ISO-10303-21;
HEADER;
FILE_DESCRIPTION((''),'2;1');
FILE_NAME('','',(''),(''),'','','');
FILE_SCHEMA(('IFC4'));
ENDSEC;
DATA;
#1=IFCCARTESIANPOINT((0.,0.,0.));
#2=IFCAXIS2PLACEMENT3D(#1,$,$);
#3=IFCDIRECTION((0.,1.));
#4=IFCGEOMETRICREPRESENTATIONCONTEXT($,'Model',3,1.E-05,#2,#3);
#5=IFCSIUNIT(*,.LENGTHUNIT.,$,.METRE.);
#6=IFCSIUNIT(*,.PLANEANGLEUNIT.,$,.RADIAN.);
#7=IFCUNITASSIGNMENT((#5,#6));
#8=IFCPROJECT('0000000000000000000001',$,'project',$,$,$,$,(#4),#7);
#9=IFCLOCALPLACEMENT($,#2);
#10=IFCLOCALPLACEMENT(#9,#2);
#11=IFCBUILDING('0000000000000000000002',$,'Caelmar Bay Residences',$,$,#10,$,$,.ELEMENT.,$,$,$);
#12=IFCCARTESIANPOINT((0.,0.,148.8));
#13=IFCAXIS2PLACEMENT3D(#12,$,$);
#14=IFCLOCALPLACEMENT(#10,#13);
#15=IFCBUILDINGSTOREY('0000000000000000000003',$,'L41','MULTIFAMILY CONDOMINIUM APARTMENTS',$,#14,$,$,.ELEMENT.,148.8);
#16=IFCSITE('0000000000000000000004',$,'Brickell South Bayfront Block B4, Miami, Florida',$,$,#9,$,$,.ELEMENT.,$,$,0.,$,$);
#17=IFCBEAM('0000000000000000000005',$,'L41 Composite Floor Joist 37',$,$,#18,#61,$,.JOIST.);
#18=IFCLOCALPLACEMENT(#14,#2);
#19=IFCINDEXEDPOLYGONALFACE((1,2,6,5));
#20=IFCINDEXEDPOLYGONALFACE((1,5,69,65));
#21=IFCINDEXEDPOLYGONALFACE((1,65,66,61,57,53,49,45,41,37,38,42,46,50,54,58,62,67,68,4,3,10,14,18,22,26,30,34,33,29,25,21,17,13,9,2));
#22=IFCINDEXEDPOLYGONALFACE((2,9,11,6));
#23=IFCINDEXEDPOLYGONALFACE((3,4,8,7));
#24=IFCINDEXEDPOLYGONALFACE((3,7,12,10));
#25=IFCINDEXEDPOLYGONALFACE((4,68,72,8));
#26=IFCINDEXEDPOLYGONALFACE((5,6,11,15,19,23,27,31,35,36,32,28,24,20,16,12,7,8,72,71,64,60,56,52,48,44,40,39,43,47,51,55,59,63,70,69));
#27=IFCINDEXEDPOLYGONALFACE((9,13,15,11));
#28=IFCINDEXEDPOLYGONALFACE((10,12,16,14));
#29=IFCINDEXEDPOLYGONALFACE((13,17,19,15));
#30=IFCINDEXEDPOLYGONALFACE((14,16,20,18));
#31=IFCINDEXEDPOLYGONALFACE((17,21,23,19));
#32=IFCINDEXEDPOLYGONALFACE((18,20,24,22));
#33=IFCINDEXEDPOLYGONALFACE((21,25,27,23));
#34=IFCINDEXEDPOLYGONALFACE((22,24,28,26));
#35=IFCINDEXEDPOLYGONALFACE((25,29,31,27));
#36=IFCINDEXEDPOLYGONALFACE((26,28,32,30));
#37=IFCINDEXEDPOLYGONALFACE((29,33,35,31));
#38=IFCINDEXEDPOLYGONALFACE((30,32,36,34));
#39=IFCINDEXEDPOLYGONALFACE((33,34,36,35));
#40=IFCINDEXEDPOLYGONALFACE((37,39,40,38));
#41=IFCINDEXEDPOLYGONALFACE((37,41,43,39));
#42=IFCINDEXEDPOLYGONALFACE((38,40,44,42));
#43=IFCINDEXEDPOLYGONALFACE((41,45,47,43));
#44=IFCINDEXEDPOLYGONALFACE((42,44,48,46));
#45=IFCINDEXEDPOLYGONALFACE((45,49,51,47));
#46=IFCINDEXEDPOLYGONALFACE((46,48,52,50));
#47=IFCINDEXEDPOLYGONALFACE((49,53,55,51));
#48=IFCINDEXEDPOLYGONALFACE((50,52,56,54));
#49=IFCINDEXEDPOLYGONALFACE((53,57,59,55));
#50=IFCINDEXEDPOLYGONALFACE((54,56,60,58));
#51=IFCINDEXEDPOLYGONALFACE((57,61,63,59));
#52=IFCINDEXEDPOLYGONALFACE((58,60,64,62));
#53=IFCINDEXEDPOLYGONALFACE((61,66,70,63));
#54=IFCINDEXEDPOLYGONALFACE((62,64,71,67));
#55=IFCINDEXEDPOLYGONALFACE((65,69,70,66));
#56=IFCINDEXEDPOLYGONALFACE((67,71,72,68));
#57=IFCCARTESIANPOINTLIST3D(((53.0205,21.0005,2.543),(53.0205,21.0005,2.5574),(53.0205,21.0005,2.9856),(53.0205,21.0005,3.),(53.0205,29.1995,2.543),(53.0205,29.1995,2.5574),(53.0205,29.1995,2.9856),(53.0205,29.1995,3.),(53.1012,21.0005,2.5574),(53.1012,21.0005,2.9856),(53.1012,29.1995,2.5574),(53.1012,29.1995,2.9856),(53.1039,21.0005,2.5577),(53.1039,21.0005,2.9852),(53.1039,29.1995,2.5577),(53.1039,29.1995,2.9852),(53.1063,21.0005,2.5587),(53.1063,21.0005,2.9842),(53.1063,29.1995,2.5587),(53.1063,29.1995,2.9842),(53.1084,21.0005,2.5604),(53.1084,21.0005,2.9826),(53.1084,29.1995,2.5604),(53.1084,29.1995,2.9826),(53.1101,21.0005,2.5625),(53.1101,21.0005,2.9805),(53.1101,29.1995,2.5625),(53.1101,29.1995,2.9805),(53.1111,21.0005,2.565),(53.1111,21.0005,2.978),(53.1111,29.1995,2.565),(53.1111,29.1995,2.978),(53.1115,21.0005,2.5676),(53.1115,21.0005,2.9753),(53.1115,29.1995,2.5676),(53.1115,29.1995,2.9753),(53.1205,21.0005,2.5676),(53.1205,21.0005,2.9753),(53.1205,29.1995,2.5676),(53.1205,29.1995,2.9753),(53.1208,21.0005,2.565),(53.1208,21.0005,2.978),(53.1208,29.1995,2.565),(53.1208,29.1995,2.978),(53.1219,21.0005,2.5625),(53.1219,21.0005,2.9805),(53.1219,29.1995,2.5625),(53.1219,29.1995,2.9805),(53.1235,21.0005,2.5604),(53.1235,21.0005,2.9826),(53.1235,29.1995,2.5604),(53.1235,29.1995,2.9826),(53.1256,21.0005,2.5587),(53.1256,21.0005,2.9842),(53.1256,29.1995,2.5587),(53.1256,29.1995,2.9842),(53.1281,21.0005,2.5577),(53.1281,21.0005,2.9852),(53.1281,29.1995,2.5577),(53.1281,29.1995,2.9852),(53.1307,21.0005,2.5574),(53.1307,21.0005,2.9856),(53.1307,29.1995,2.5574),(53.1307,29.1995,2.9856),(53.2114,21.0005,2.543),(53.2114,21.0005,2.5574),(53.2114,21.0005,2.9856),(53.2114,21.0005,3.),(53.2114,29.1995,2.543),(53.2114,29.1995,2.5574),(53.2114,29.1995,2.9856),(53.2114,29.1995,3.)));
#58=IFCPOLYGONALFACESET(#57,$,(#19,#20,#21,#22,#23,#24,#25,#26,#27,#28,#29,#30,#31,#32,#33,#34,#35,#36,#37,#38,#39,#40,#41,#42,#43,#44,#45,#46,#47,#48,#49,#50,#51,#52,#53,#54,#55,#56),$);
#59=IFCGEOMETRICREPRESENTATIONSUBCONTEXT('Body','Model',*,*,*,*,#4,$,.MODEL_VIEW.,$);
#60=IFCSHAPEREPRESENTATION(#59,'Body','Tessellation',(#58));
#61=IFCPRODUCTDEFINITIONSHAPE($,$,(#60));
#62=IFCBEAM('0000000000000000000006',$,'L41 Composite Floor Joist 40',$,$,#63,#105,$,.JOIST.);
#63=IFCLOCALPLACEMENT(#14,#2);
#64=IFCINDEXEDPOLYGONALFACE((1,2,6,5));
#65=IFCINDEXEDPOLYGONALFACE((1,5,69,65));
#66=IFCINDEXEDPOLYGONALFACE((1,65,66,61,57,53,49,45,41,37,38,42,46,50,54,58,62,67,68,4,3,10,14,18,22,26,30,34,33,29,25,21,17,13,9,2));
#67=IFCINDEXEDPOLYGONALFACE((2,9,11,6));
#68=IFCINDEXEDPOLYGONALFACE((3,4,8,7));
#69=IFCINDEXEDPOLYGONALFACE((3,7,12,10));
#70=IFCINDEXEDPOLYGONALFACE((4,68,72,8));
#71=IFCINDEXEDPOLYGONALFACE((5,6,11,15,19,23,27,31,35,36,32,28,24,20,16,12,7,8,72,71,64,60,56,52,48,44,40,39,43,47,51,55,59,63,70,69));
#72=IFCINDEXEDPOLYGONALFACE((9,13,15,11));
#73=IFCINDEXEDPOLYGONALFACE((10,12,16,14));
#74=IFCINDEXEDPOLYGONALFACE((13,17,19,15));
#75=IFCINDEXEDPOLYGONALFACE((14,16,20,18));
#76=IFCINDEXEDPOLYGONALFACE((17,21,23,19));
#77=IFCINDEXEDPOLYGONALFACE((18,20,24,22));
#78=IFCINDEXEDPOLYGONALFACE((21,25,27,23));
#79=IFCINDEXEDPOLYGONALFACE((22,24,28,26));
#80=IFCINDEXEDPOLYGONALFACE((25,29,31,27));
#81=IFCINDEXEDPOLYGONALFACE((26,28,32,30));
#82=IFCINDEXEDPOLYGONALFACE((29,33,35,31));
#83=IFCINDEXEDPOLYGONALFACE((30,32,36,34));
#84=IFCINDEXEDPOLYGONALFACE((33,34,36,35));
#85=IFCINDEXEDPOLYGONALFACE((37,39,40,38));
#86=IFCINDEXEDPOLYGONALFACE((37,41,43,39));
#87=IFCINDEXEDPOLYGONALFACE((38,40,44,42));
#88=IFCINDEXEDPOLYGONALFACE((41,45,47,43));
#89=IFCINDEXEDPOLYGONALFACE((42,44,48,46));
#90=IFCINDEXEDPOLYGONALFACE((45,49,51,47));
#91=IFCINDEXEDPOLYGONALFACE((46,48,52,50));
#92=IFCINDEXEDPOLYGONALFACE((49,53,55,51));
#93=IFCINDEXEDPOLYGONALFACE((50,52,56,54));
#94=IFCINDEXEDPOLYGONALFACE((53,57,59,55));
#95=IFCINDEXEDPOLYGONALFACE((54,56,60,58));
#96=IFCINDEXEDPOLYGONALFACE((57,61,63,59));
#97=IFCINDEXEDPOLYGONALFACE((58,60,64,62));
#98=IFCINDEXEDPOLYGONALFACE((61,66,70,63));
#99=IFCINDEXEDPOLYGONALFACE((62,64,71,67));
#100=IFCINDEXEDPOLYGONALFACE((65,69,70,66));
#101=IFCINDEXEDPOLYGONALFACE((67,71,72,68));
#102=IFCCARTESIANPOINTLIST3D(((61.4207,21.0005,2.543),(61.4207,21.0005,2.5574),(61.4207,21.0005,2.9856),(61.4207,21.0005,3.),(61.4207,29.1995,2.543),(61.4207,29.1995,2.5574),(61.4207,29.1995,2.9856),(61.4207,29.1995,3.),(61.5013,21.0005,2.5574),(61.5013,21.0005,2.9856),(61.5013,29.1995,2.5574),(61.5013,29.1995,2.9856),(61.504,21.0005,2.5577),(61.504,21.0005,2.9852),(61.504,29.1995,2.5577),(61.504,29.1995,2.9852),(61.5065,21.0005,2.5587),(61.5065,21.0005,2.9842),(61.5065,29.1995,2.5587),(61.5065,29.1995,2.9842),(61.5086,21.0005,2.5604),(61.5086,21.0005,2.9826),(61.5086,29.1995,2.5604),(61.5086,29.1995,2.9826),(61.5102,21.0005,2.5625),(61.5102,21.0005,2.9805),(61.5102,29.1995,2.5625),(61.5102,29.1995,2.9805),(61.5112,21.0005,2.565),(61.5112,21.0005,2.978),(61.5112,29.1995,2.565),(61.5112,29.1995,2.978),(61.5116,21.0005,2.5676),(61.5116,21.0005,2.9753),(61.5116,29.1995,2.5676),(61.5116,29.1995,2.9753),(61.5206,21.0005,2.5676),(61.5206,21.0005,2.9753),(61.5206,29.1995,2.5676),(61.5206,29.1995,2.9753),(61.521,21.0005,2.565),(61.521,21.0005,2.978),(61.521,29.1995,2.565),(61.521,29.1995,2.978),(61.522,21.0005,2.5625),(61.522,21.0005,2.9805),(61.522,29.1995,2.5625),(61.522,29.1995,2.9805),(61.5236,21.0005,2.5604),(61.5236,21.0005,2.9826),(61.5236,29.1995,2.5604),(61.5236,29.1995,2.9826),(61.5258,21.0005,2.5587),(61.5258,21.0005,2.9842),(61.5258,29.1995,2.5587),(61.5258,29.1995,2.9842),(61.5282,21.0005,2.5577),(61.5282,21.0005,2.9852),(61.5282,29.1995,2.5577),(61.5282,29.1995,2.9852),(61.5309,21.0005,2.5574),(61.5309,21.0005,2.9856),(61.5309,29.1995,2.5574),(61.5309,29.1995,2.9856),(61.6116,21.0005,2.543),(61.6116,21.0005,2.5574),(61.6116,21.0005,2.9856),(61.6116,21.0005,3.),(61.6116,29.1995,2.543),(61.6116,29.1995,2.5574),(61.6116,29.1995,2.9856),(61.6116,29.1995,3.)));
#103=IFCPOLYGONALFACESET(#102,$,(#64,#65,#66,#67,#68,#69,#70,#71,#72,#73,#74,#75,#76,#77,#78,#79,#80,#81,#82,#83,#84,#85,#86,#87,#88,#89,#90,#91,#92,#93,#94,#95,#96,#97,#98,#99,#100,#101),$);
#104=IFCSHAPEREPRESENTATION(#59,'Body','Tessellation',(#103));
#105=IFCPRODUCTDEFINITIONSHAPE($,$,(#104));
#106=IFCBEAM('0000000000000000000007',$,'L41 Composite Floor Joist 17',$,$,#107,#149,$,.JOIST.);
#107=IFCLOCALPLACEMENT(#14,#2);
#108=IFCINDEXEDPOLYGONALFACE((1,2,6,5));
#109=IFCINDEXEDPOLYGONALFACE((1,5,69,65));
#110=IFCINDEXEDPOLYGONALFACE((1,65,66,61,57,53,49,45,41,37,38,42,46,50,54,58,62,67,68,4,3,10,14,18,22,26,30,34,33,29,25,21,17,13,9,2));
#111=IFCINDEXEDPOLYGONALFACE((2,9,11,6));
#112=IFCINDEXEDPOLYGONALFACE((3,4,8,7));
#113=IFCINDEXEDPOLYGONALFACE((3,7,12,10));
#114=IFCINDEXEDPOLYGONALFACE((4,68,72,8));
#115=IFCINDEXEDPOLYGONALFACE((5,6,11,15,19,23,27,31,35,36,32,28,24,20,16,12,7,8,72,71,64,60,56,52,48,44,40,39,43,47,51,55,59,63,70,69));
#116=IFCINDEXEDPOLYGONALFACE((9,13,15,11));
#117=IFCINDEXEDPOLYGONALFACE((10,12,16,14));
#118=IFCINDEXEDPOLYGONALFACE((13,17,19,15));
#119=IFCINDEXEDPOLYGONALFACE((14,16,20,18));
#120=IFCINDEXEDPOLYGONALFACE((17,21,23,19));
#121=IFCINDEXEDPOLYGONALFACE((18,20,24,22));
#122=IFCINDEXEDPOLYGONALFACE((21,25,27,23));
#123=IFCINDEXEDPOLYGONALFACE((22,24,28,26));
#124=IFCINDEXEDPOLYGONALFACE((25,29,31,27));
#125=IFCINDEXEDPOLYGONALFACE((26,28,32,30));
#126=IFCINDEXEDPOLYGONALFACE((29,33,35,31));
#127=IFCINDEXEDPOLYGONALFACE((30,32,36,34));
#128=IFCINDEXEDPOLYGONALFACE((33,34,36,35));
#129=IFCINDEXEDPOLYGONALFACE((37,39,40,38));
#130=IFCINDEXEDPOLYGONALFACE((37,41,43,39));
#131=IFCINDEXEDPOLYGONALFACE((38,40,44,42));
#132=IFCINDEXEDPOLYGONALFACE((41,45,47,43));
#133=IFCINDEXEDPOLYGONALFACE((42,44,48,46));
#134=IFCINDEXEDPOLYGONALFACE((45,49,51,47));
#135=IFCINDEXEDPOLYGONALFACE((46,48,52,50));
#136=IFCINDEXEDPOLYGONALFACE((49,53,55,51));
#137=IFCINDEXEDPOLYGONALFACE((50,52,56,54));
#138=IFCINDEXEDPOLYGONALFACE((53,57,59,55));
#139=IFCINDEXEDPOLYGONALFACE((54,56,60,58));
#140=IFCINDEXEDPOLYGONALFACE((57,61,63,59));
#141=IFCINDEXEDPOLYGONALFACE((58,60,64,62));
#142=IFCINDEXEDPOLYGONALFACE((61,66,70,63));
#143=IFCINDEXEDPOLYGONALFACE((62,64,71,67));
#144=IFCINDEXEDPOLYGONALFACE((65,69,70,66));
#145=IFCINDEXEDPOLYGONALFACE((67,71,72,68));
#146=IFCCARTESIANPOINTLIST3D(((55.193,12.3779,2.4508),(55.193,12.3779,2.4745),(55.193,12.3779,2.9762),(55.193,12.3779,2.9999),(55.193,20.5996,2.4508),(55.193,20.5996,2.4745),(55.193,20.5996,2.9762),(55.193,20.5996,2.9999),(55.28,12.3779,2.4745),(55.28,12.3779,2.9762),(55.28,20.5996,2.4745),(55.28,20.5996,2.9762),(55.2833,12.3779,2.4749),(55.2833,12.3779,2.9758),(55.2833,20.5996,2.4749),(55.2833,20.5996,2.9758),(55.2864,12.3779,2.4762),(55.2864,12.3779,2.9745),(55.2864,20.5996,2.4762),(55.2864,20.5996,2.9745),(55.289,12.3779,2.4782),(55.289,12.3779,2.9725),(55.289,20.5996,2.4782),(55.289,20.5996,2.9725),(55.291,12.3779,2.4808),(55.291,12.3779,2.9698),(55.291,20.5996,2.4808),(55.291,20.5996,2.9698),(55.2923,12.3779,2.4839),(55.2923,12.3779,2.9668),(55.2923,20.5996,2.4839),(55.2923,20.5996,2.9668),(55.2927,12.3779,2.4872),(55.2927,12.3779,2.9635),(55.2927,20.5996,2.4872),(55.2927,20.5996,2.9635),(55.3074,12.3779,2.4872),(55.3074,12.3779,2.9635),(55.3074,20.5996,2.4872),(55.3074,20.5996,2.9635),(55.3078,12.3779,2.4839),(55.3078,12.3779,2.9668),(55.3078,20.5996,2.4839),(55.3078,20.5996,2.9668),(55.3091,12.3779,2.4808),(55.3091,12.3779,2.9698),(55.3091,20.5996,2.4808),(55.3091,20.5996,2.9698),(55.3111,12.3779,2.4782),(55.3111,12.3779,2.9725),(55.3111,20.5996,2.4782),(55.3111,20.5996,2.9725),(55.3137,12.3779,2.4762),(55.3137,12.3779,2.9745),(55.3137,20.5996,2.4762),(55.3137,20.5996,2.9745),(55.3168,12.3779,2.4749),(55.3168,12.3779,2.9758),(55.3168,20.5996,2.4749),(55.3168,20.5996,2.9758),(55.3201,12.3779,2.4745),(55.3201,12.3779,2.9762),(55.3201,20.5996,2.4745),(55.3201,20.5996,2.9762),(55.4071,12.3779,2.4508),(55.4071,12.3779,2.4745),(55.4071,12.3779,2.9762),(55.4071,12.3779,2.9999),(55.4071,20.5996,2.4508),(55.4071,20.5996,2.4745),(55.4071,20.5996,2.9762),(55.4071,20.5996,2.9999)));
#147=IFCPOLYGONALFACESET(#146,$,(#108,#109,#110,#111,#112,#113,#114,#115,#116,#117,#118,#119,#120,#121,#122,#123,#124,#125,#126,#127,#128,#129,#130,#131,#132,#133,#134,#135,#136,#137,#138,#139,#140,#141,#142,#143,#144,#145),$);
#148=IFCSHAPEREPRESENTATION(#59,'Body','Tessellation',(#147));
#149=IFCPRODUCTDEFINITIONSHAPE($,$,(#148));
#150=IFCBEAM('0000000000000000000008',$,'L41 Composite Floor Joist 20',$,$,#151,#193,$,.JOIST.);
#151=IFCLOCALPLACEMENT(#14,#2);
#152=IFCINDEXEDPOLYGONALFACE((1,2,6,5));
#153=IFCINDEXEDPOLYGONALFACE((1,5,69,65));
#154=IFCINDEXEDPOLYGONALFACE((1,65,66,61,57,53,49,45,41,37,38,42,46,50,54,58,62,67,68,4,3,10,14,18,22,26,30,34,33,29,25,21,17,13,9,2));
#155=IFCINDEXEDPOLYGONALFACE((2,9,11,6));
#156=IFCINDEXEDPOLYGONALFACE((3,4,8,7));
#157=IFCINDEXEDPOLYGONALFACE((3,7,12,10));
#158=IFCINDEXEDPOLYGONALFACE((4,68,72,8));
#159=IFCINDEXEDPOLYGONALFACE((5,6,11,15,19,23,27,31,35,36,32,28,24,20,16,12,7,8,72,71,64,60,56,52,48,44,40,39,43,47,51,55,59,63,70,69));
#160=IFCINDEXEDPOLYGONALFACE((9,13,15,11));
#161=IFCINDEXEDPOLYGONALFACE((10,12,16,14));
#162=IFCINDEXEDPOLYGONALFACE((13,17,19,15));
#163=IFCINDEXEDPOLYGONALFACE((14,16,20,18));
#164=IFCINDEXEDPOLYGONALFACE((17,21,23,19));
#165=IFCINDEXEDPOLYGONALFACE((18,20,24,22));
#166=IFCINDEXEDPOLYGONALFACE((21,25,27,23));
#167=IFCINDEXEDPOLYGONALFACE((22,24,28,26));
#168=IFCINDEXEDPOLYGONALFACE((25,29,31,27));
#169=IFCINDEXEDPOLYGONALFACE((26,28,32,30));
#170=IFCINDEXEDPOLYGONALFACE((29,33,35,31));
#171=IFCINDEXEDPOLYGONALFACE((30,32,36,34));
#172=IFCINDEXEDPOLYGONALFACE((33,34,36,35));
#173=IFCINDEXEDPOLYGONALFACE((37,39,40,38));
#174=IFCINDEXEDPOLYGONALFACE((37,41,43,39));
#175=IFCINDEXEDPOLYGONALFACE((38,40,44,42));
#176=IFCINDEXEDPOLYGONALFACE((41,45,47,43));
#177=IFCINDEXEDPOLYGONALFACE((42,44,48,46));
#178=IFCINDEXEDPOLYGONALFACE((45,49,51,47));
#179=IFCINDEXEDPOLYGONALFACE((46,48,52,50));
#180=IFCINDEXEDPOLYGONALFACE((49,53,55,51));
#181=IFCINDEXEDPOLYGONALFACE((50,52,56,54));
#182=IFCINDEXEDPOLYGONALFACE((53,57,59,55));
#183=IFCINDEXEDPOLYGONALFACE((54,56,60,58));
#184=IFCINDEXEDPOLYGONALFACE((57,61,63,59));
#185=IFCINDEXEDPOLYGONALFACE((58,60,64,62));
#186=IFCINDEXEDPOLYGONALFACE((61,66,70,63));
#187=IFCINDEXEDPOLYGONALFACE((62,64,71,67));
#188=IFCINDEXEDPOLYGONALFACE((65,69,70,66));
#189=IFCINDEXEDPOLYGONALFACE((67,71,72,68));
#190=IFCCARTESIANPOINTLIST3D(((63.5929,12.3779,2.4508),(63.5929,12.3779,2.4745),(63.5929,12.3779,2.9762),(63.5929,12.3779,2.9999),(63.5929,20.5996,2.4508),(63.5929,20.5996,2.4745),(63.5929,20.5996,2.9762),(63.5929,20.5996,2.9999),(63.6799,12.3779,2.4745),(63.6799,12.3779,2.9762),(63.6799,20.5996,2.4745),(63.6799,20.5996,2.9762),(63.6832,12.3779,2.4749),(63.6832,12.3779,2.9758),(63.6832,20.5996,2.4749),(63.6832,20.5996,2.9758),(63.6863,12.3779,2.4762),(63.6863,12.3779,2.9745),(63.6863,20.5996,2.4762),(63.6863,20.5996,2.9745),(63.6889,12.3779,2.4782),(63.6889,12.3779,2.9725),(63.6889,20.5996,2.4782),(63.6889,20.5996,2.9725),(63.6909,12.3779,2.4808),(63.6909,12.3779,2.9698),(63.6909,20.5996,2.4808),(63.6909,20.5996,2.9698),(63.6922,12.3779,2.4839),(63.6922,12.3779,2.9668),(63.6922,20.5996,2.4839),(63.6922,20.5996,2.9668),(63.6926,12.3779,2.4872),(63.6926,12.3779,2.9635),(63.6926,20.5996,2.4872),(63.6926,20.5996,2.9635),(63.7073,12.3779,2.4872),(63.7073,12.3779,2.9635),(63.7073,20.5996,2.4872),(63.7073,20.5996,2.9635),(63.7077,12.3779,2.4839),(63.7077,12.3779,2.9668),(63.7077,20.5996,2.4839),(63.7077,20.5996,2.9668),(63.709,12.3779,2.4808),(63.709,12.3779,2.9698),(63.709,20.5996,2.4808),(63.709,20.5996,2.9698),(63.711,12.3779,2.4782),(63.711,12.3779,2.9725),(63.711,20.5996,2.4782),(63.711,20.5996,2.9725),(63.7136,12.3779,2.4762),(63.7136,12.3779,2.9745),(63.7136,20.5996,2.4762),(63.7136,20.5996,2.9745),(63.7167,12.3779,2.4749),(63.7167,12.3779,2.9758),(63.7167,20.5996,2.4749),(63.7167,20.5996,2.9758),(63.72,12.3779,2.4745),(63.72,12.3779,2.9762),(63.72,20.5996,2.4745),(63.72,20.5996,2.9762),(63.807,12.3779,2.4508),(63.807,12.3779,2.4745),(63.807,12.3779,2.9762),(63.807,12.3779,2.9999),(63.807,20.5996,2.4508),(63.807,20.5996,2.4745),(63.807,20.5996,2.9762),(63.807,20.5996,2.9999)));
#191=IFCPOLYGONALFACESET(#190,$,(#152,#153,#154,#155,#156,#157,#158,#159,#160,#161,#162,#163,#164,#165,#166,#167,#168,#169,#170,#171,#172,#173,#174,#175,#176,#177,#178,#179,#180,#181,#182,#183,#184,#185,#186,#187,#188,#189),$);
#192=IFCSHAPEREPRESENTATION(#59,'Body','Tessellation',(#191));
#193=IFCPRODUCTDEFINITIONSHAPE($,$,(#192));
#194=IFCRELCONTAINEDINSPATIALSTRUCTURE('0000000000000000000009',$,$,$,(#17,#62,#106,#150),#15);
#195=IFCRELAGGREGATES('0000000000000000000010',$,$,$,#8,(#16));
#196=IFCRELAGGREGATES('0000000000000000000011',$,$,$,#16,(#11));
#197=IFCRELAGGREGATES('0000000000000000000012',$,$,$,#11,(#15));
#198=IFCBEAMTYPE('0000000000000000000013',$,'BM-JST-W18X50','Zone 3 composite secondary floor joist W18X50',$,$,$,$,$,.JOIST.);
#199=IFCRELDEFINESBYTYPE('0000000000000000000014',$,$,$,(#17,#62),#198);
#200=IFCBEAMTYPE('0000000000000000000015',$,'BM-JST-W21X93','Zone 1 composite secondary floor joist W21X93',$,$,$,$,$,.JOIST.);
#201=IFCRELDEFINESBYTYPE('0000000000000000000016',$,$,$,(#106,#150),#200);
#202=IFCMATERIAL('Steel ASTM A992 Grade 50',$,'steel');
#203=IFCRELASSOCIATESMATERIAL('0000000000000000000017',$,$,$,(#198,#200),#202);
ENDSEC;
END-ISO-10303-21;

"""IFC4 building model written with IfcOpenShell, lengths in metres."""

from ifc_helpers import new_model, si_unit, direction, frame, origin, origin_2d, place, context, subcontext, project, spatial, i_section, extrude, material, material_profile, profile_set, type_object, element, save


model = new_model("IFC4")

# Units and contexts
model_context = context("Model", 3, precision=1e-05, world=origin(), true_north=direction((0.0, 1.0)))
body_context = subcontext(model_context, "Body", "Model", "MODEL_VIEW")
ifc_project = project(units=[si_unit("LENGTHUNIT", "METRE"), si_unit("PLANEANGLEUNIT", "RADIAN")], contexts=[model_context])

# Site, building, storey
site_placement = place(None, origin())
site = spatial("IfcSite", under=ifc_project, at=site_placement, Name="Brickell South Bayfront Block B4, Miami, Florida", CompositionType="ELEMENT", RefElevation=0.0)
building_placement = place(site_placement, origin())
building = spatial("IfcBuilding", under=site, at=building_placement, Name="Caelmar Bay Residences", CompositionType="ELEMENT")
storey_placement = place(building_placement, frame((0.0, 0.0, 148.8)))
storey = spatial("IfcBuildingStorey", under=building, at=storey_placement, Name="L41", Description="MULTIFAMILY CONDOMINIUM APARTMENTS", CompositionType="ELEMENT", Elevation=148.8)

# Beams
ifc_material_1 = material(Name="Steel ASTM A992 Grade 50", Category="steel")
ifc_material_profile_1 = material_profile(ifc_material_1, i_section(OverallWidth=0.1909, OverallDepth=0.457, WebThickness=0.009, FlangeThickness=0.0144, FilletRadius=0.0103, at=origin_2d()), Name="W18X50")
ifc_profile_set_1 = profile_set([ifc_material_profile_1], Name="Steel ASTM A992 Grade 50")
beam_type_1 = type_object("IfcBeamType", Name="BM-JST-W18X50", Description="Zone 3 composite secondary floor joist W18X50", PredefinedType="JOIST", material=ifc_profile_set_1)
for number, where, z_axis, x_axis, name in (
    (1, (53.116, 21.0005, 2.7715), (0.0, 1.0, 0.0), (-1.0, 0.0, 0.0), "L41 Composite Floor Joist 37"),
    (2, (61.5161, 21.0005, 2.7715), (0.0, 1.0, 0.0), (-1.0, 0.0, 0.0), "L41 Composite Floor Joist 40"),
):
    element("IfcBeam", number, at=place(storey_placement, frame(where, z_axis=z_axis, x_axis=x_axis)), inside=storey, type_object=beam_type_1, Name=name, PredefinedType="JOIST", context=body_context, shape_type="SweptSolid", body=[
        extrude(i_section(OverallWidth=0.1909, OverallDepth=0.457, WebThickness=0.009, FlangeThickness=0.0144, FilletRadius=0.0103, at=origin_2d()), origin(), (0.0, 0.0, 1.0), 8.199),
    ])
ifc_material_profile_2 = material_profile(ifc_material_1, i_section(OverallWidth=0.2141, OverallDepth=0.5491, WebThickness=0.0146, FlangeThickness=0.0237, FilletRadius=0.0127, at=origin_2d()), Name="W21X93")
ifc_profile_set_2 = profile_set([ifc_material_profile_2], Name="Steel ASTM A992 Grade 50")
beam_type_2 = type_object("IfcBeamType", Name="BM-JST-W21X93", Description="Zone 1 composite secondary floor joist W21X93", PredefinedType="JOIST", material=ifc_profile_set_2)
for number, where, z_axis, x_axis, name in (
    (3, (55.3, 12.3779, 2.7253), (0.0, 1.0, 0.0), (-1.0, 0.0, 0.0), "L41 Composite Floor Joist 17"),
    (4, (63.7, 12.3779, 2.7253), (0.0, 1.0, 0.0), (-1.0, 0.0, 0.0), "L41 Composite Floor Joist 20"),
):
    element("IfcBeam", number, at=place(storey_placement, frame(where, z_axis=z_axis, x_axis=x_axis)), inside=storey, type_object=beam_type_2, Name=name, PredefinedType="JOIST", context=body_context, shape_type="SweptSolid", body=[
        extrude(i_section(OverallWidth=0.2141, OverallDepth=0.5491, WebThickness=0.0146, FlangeThickness=0.0237, FilletRadius=0.0127, at=origin_2d()), origin(), (0.0, 0.0, 1.0), 8.2217),
    ])

save(model, "model.ifc")
